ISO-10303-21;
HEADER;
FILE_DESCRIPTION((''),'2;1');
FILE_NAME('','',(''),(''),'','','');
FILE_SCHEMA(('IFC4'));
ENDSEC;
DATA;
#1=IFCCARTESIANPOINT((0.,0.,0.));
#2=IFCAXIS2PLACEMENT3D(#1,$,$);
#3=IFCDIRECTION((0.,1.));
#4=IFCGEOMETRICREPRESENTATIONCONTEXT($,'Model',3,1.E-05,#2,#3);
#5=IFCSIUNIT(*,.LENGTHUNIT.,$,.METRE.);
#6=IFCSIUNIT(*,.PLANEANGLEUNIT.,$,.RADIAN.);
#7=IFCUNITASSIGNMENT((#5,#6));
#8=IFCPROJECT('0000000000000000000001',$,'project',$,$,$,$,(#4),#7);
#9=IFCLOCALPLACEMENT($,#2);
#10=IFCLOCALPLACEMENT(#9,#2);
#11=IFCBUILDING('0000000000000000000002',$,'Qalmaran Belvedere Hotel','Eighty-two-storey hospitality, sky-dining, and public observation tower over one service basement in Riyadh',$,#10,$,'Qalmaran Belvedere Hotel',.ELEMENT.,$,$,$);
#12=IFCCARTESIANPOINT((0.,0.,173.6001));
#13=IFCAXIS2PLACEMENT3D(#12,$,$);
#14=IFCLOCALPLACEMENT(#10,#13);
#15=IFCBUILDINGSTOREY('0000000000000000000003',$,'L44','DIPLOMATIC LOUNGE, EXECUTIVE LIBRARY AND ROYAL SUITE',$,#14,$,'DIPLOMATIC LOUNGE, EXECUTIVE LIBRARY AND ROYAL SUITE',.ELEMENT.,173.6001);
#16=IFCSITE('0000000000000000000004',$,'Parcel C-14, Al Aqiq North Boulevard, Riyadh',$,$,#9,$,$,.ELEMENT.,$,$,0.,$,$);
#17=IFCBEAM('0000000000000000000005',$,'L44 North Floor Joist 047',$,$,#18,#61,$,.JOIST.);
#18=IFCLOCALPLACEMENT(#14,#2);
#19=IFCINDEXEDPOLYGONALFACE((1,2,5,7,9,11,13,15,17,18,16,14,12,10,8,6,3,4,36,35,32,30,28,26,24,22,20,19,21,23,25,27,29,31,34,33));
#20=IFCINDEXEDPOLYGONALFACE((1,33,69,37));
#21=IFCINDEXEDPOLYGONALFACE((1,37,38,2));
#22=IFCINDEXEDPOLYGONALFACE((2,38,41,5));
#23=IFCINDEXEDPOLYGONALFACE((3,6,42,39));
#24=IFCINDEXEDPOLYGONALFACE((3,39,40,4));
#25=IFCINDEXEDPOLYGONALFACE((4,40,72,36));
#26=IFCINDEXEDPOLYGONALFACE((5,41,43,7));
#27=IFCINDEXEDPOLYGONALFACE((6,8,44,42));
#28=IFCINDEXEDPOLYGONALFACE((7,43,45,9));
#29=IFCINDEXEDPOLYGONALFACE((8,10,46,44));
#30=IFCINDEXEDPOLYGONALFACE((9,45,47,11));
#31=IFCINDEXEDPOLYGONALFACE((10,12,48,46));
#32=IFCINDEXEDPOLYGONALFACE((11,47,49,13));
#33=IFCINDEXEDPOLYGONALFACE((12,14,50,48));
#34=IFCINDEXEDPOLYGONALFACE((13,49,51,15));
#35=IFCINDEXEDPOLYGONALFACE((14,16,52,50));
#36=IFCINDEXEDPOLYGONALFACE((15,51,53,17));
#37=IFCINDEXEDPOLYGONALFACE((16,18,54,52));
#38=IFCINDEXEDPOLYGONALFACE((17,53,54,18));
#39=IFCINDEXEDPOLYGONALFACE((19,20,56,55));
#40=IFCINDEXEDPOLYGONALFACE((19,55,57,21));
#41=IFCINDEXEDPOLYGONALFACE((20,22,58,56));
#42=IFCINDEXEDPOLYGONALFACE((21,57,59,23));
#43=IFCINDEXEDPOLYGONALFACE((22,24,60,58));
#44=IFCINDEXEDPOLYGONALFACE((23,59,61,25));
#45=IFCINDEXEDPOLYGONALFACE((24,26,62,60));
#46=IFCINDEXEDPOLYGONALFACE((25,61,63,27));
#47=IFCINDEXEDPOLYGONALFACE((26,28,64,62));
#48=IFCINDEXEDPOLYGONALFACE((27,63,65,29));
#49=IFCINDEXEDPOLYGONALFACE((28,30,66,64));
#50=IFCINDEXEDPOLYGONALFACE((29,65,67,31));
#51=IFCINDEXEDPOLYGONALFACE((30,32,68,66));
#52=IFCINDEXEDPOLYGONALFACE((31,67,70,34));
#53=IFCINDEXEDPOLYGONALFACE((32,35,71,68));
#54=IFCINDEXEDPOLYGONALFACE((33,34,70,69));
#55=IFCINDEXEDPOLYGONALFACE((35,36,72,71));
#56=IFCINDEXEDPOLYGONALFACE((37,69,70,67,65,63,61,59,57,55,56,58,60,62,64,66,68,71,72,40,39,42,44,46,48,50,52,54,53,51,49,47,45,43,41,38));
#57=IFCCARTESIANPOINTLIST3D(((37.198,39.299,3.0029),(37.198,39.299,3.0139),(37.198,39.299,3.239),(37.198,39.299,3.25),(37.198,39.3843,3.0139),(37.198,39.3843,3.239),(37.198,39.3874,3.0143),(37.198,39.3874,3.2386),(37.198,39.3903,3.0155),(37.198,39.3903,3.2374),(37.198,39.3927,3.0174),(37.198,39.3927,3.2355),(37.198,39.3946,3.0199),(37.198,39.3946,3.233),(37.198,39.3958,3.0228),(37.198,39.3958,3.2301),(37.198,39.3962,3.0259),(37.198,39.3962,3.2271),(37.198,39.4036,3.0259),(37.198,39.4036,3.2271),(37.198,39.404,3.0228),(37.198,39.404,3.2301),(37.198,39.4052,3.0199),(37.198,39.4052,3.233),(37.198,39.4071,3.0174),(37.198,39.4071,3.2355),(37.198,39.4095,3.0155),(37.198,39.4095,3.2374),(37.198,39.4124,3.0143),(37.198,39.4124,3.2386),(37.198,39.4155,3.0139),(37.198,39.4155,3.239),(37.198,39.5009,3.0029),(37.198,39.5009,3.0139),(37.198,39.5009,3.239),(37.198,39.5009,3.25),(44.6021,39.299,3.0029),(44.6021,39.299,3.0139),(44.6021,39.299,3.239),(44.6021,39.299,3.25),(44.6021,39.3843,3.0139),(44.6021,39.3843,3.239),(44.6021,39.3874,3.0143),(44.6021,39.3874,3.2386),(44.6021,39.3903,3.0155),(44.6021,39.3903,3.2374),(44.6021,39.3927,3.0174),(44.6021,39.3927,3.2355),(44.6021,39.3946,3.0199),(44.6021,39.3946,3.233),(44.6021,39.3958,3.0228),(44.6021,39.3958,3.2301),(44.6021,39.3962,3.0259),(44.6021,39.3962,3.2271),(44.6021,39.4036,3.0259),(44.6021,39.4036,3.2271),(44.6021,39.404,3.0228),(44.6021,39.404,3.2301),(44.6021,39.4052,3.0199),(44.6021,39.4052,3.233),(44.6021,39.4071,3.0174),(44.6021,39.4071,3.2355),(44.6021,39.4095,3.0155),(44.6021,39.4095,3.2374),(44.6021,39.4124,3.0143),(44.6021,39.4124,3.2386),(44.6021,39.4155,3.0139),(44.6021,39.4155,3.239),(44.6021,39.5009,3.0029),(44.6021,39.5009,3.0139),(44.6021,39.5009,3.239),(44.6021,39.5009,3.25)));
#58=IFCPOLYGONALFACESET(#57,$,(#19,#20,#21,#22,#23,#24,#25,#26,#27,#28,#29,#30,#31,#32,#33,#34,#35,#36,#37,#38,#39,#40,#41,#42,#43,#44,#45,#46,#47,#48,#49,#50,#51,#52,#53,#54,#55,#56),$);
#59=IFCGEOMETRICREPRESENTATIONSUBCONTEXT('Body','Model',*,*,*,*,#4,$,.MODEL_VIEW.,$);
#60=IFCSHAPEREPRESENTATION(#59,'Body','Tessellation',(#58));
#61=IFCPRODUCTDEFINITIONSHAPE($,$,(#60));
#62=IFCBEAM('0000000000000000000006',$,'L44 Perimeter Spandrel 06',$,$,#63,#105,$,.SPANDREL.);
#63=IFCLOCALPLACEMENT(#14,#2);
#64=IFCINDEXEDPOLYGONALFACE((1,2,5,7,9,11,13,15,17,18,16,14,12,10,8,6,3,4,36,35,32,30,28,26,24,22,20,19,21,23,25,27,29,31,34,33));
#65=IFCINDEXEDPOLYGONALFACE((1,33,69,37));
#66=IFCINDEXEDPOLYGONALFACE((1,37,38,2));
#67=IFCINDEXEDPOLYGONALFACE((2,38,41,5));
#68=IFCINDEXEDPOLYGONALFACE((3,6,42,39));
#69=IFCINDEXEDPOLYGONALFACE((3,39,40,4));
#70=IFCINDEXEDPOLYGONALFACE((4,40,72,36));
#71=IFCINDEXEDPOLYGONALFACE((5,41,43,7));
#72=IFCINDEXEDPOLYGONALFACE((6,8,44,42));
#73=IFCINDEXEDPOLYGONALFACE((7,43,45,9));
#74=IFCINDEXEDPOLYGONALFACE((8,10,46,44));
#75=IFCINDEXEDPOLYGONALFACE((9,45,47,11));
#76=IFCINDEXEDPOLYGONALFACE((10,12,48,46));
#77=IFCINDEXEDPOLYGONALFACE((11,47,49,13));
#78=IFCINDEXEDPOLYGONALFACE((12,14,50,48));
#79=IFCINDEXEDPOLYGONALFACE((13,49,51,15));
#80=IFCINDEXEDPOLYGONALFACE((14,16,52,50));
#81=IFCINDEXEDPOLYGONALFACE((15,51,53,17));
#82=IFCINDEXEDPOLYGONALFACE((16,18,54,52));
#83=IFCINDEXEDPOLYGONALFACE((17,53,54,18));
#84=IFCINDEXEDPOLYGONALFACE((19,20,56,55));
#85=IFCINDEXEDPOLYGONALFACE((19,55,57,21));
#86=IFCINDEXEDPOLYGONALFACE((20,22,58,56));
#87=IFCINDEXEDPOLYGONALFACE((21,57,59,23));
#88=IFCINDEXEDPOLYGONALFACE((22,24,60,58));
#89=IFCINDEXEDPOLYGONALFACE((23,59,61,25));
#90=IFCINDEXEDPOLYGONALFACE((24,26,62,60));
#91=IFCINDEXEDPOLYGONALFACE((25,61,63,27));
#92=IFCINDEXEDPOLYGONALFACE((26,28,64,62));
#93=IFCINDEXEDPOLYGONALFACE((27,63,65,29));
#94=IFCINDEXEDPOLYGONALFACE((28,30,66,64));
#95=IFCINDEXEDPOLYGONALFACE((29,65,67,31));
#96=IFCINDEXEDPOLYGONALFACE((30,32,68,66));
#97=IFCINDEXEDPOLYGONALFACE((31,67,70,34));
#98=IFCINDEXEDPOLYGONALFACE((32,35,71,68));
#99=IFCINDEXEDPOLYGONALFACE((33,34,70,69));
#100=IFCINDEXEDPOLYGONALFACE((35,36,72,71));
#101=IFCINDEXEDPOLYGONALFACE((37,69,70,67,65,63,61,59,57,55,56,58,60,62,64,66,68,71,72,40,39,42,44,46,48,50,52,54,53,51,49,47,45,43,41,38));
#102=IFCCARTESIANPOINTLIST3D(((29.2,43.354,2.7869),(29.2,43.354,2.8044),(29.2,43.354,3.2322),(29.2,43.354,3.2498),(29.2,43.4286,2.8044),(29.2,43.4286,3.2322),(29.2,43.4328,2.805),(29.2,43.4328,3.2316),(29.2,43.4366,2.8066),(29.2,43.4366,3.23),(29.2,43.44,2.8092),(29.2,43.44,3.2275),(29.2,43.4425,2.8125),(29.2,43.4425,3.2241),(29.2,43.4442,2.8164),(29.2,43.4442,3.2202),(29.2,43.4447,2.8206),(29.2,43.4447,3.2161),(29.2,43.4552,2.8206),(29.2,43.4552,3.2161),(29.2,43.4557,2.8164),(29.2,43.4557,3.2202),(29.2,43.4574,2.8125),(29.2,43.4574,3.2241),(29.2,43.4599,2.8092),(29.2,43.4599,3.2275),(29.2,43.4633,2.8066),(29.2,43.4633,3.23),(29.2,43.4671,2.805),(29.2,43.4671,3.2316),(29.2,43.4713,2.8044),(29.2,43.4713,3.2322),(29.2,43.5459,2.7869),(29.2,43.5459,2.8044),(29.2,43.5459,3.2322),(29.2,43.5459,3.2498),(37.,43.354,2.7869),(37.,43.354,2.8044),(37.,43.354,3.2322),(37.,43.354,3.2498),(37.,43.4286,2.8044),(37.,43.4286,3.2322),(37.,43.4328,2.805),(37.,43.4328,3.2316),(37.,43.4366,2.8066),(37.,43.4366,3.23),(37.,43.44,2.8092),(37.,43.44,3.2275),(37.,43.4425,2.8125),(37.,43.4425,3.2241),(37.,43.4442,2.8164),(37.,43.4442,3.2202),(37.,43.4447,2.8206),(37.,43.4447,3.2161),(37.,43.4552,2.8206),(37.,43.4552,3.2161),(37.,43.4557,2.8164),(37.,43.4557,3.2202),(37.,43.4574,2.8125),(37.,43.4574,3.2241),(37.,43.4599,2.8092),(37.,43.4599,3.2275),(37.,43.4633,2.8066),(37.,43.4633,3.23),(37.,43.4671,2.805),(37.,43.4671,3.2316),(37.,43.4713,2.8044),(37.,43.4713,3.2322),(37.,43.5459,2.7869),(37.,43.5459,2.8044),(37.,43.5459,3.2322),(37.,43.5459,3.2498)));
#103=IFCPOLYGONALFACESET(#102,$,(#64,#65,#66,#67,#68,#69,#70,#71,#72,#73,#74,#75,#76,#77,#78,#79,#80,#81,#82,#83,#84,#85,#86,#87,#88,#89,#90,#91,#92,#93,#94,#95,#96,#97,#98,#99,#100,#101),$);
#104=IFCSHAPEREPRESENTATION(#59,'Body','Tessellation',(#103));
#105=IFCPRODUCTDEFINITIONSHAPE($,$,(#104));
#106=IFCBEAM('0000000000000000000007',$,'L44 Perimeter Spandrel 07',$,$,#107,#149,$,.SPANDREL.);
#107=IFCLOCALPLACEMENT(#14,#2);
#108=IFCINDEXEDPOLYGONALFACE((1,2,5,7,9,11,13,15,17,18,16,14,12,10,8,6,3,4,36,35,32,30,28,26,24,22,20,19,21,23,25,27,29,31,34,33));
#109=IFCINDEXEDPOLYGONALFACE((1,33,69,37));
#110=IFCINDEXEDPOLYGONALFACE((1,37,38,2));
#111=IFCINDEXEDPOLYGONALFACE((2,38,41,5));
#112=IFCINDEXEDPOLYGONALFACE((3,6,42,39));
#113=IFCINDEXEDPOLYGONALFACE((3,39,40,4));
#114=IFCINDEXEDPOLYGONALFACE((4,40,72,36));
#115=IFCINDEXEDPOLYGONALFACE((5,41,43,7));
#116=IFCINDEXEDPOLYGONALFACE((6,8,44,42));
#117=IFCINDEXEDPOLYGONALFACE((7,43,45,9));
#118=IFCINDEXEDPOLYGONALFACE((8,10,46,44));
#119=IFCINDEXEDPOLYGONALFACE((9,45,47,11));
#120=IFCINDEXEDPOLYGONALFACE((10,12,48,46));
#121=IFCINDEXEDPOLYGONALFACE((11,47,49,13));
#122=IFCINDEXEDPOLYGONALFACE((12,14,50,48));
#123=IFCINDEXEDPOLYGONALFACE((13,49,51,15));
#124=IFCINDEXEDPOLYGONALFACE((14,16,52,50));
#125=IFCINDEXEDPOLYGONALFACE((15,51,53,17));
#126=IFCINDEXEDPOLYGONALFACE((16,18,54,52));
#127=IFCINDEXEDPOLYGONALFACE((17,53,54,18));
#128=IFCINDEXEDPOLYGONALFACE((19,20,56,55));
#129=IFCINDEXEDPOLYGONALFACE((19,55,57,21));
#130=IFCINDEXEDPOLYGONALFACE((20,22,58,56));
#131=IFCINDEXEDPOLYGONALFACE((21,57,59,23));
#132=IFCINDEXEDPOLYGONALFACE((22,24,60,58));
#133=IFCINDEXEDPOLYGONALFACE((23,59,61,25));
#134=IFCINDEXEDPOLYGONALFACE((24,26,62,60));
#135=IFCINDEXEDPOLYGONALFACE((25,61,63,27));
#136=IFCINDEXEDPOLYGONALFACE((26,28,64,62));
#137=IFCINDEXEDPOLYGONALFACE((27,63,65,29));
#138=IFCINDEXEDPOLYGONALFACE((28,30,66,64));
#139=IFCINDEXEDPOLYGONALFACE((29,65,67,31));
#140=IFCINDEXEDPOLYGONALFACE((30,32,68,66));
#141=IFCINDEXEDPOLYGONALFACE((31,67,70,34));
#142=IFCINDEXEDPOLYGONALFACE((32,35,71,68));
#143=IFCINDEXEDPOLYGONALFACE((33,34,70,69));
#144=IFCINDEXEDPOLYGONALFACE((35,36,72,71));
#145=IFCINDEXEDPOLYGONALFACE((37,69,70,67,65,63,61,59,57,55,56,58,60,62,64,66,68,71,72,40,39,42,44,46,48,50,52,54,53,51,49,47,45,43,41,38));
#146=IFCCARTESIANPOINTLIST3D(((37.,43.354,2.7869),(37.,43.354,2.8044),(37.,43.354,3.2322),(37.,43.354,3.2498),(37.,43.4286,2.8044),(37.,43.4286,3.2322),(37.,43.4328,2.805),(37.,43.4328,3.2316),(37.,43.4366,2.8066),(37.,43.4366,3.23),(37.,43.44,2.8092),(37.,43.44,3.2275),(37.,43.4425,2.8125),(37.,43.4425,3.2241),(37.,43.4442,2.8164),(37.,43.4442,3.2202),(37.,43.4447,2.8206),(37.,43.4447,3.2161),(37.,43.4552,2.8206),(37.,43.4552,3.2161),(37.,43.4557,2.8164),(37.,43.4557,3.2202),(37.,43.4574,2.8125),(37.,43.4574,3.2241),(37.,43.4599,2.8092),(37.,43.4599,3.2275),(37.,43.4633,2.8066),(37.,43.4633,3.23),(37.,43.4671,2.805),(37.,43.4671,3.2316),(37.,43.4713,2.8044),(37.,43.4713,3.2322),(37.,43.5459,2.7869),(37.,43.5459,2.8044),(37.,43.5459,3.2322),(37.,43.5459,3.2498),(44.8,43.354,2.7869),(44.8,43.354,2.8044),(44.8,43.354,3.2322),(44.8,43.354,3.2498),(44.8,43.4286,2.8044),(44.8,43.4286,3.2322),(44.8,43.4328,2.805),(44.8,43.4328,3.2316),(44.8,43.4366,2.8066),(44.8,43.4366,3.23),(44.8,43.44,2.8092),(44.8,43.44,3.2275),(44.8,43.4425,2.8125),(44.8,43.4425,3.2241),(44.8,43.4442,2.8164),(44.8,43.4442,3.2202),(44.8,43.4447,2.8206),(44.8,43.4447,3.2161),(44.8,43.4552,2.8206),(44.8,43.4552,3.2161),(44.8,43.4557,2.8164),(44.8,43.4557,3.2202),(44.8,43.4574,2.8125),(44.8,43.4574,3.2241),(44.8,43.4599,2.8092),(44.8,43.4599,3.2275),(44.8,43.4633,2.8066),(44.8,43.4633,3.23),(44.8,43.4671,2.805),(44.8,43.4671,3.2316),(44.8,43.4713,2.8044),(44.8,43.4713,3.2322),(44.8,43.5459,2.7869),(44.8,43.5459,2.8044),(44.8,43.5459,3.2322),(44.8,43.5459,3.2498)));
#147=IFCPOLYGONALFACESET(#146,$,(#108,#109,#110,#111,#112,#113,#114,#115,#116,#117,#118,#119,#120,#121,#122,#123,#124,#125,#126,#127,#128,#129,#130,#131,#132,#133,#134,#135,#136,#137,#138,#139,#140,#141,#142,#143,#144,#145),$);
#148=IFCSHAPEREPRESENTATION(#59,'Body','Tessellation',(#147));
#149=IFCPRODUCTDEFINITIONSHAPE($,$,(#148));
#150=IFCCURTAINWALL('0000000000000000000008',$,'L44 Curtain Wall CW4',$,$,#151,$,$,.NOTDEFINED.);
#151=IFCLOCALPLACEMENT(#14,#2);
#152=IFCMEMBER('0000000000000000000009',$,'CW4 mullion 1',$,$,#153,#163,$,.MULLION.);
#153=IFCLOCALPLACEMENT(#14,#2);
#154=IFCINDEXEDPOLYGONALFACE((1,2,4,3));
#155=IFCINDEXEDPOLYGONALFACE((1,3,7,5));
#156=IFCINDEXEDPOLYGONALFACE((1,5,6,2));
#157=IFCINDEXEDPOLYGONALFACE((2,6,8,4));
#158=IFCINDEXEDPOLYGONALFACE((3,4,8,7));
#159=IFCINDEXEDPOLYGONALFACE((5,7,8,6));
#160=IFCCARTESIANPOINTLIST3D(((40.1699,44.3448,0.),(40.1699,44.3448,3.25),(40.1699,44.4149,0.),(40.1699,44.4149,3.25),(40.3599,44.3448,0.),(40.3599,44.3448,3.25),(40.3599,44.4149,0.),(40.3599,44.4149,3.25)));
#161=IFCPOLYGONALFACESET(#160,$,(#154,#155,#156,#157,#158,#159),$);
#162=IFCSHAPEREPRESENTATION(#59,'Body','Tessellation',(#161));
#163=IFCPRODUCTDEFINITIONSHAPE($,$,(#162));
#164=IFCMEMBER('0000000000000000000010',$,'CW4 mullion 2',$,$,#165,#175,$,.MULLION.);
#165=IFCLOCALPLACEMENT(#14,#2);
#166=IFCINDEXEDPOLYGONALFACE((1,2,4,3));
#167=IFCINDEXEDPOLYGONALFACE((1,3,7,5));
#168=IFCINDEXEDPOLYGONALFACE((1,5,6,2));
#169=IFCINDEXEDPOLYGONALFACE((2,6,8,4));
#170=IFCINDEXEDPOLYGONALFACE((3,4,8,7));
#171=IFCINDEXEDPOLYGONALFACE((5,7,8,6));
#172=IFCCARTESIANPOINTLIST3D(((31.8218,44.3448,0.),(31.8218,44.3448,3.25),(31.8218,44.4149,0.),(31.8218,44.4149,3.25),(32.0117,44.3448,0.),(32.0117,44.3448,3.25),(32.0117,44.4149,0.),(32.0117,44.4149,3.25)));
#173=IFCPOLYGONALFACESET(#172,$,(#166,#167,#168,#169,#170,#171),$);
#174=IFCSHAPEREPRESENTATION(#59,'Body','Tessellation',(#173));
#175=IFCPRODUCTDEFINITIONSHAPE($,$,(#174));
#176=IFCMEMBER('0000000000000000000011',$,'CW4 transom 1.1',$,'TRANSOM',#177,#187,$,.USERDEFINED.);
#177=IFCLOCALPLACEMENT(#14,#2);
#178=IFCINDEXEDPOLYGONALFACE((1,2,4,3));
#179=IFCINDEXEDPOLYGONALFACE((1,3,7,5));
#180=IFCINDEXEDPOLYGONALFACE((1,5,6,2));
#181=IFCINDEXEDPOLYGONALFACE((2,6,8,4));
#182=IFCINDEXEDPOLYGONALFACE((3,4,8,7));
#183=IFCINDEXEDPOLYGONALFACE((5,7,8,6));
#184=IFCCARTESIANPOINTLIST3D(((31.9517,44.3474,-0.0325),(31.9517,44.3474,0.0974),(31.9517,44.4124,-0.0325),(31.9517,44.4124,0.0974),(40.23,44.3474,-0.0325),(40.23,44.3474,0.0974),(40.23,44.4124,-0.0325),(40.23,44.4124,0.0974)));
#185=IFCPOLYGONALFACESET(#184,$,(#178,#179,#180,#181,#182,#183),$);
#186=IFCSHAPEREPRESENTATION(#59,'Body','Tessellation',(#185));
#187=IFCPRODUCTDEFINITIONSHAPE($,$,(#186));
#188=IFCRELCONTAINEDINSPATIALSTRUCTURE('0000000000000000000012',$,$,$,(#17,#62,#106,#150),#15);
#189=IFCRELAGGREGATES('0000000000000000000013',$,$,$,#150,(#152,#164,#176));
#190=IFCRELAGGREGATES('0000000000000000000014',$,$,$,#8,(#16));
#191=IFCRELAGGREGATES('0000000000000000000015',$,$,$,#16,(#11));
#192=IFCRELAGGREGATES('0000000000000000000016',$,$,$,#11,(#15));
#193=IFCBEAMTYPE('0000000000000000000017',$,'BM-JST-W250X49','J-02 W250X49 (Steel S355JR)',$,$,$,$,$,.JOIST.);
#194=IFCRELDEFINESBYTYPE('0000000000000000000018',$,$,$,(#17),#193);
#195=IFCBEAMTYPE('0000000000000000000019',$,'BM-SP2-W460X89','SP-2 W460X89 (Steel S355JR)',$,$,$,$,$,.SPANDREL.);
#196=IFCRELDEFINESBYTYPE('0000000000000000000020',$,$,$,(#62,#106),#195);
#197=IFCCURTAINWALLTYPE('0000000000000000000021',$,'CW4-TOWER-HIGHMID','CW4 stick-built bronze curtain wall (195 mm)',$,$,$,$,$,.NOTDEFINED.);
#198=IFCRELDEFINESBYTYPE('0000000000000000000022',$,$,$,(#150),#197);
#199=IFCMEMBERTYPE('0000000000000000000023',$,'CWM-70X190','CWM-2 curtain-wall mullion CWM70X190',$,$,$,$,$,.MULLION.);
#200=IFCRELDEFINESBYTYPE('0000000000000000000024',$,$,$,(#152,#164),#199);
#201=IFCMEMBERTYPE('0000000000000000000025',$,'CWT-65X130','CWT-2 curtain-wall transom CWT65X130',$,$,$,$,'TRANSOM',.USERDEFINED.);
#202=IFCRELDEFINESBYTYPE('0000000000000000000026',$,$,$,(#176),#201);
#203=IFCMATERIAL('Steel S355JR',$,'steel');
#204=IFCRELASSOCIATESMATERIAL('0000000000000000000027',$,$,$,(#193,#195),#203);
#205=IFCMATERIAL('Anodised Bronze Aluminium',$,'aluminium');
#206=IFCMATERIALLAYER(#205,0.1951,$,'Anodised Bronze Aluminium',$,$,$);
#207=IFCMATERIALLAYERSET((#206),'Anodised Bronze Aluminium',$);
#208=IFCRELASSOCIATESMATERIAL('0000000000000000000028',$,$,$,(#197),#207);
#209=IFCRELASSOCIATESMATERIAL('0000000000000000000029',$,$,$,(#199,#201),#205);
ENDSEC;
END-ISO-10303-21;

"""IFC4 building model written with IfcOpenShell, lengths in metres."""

from ifc_helpers import new_model, si_unit, direction, frame, origin, origin_2d, place, context, subcontext, project, spatial, rectangle, i_section, extrude, material, layer, layer_set, material_profile, profile_set, type_object, element, aggregate, save


model = new_model("IFC4")

# Units and contexts
model_context = context("Model", 3, precision=1e-05, world=origin(), true_north=direction((0.0, 1.0)))
body_context = subcontext(model_context, "Body", "Model", "MODEL_VIEW")
ifc_project = project(units=[si_unit("LENGTHUNIT", "METRE"), si_unit("PLANEANGLEUNIT", "RADIAN")], contexts=[model_context])

# Site, building, storey
site_placement = place(None, origin())
site = spatial("IfcSite", under=ifc_project, at=site_placement, Name="Parcel C-14, Al Aqiq North Boulevard, Riyadh", CompositionType="ELEMENT", RefElevation=0.0)
building_placement = place(site_placement, origin())
building = spatial("IfcBuilding", under=site, at=building_placement, Name="Qalmaran Belvedere Hotel", Description="Eighty-two-storey hospitality, sky-dining, and public observation tower over one service basement in Riyadh", LongName="Qalmaran Belvedere Hotel", CompositionType="ELEMENT")
storey_placement = place(building_placement, frame((0.0, 0.0, 173.6001)))
storey = spatial("IfcBuildingStorey", under=building, at=storey_placement, Name="L44", Description="DIPLOMATIC LOUNGE, EXECUTIVE LIBRARY AND ROYAL SUITE", LongName="DIPLOMATIC LOUNGE, EXECUTIVE LIBRARY AND ROYAL SUITE", CompositionType="ELEMENT", Elevation=173.6001)

# Beams
ifc_material_1 = material(Name="Steel S355JR", Category="steel")
ifc_material_profile_1 = material_profile(ifc_material_1, i_section(OverallWidth=0.2019, OverallDepth=0.2471, WebThickness=0.0073, FlangeThickness=0.011, FilletRadius=0.012, at=origin_2d()), Name="W250X49")
ifc_profile_set_1 = profile_set([ifc_material_profile_1], Name="Steel S355JR")
beam_type_1 = type_object("IfcBeamType", Name="BM-JST-W250X49", Description="J-02 W250X49 (Steel S355JR)", PredefinedType="JOIST", material=ifc_profile_set_1)
for number, where, z_axis, x_axis, name in (
    (1, (37.198, 39.3999, 3.1265), (1.0, 0.0, 0.0), (0.0, 1.0, 0.0), "L44 North Floor Joist 047"),
):
    element("IfcBeam", number, at=place(storey_placement, frame(where, z_axis=z_axis, x_axis=x_axis)), inside=storey, type_object=beam_type_1, Name=name, PredefinedType="JOIST", context=body_context, shape_type="SweptSolid", body=[
        extrude(i_section(OverallWidth=0.2019, OverallDepth=0.2471, WebThickness=0.0073, FlangeThickness=0.011, FilletRadius=0.012, at=origin_2d()), origin(), (0.0, 0.0, 1.0), 7.4041),
    ])
ifc_material_profile_2 = material_profile(ifc_material_1, i_section(OverallWidth=0.1919, OverallDepth=0.4629, WebThickness=0.0105, FlangeThickness=0.0176, FilletRadius=0.0161, at=origin_2d()), Name="W460X89")
ifc_profile_set_2 = profile_set([ifc_material_profile_2], Name="Steel S355JR")
beam_type_2 = type_object("IfcBeamType", Name="BM-SP2-W460X89", Description="SP-2 W460X89 (Steel S355JR)", PredefinedType="SPANDREL", material=ifc_profile_set_2)
for number, where, z_axis, x_axis, name in (
    (2, (29.2, 43.45, 3.0183), (1.0, 0.0, 0.0), (0.0, 1.0, 0.0), "L44 Perimeter Spandrel 06"),
    (3, (37.0, 43.45, 3.0183), (1.0, 0.0, 0.0), (0.0, 1.0, 0.0), "L44 Perimeter Spandrel 07"),
):
    element("IfcBeam", number, at=place(storey_placement, frame(where, z_axis=z_axis, x_axis=x_axis)), inside=storey, type_object=beam_type_2, Name=name, PredefinedType="SPANDREL", context=body_context, shape_type="SweptSolid", body=[
        extrude(i_section(OverallWidth=0.1919, OverallDepth=0.4629, WebThickness=0.0105, FlangeThickness=0.0176, FilletRadius=0.0161, at=origin_2d()), origin(), (0.0, 0.0, 1.0), 7.8),
    ])

# Curtain wall, members
ifc_material_2 = material(Name="Anodised Bronze Aluminium", Category="aluminium")
ifc_layer_1 = layer(ifc_material_2, 0.1951, Name="Anodised Bronze Aluminium")
ifc_layer_set_1 = layer_set([ifc_layer_1], Name="Anodised Bronze Aluminium")
curtain_wall_type = type_object("IfcCurtainWallType", Name="CW4-TOWER-HIGHMID", Description="CW4 stick-built bronze curtain wall (195 mm)", PredefinedType="NOTDEFINED", material=ifc_layer_set_1)
curtain_wall_placement = place(storey_placement, origin())
curtain_wall = element("IfcCurtainWall", 4, at=curtain_wall_placement, inside=storey, type_object=curtain_wall_type, Name="L44 Curtain Wall CW4", PredefinedType="NOTDEFINED")
ifc_material_profile_3 = material_profile(ifc_material_2, rectangle(XDim=0.0701, YDim=0.1899, at=origin_2d()), Name="CWM70X190")
ifc_profile_set_3 = profile_set([ifc_material_profile_3], Name="Anodised Bronze Aluminium")
member_type_1 = type_object("IfcMemberType", Name="CWM-70X190", Description="CWM-2 curtain-wall mullion CWM70X190", PredefinedType="MULLION", material=ifc_profile_set_3)
member_1_placement = place(storey_placement, frame((40.2649, 44.3799, 0.0), z_axis=(0.0, 0.0, 1.0), x_axis=(0.0, -1.0, 0.0)))
member_1 = element("IfcMember", 5, at=member_1_placement, type_object=member_type_1, Name="CW4 mullion 1", PredefinedType="MULLION", context=body_context, shape_type="SweptSolid", body=[
    extrude(rectangle(XDim=0.0701, YDim=0.1899, at=origin_2d()), origin(), (0.0, 0.0, 1.0), 3.25),
])
member_2_placement = place(storey_placement, frame((31.9167, 44.3799, 0.0), z_axis=(0.0, 0.0, 1.0), x_axis=(0.0, -1.0, 0.0)))
member_2 = element("IfcMember", 6, at=member_2_placement, type_object=member_type_1, Name="CW4 mullion 2", PredefinedType="MULLION", context=body_context, shape_type="SweptSolid", body=[
    extrude(rectangle(XDim=0.0701, YDim=0.1899, at=origin_2d()), origin(), (0.0, 0.0, 1.0), 3.25),
])
ifc_material_profile_4 = material_profile(ifc_material_2, rectangle(XDim=0.0649, YDim=0.1299, at=origin_2d()), Name="CWT65X130")
ifc_profile_set_4 = profile_set([ifc_material_profile_4], Name="Anodised Bronze Aluminium")
member_type_2 = type_object("IfcMemberType", Name="CWT-65X130", Description="CWT-2 curtain-wall transom CWT65X130", ElementType="TRANSOM", PredefinedType="USERDEFINED", material=ifc_profile_set_4)
member_3_placement = place(storey_placement, frame((40.23, 44.3799, 0.0325), z_axis=(-1.0, 0.0, 0.0), x_axis=(0.0, -1.0, 0.0)))
member_3 = element("IfcMember", 7, at=member_3_placement, type_object=member_type_2, Name="CW4 transom 1.1", ObjectType="TRANSOM", PredefinedType="USERDEFINED", context=body_context, shape_type="SweptSolid", body=[
    extrude(rectangle(XDim=0.0649, YDim=0.1299, at=origin_2d()), origin(), (0.0, 0.0, 1.0), 8.2783),
])
aggregate(curtain_wall, [member_1, member_2, member_3])

save(model, "model.ifc")
